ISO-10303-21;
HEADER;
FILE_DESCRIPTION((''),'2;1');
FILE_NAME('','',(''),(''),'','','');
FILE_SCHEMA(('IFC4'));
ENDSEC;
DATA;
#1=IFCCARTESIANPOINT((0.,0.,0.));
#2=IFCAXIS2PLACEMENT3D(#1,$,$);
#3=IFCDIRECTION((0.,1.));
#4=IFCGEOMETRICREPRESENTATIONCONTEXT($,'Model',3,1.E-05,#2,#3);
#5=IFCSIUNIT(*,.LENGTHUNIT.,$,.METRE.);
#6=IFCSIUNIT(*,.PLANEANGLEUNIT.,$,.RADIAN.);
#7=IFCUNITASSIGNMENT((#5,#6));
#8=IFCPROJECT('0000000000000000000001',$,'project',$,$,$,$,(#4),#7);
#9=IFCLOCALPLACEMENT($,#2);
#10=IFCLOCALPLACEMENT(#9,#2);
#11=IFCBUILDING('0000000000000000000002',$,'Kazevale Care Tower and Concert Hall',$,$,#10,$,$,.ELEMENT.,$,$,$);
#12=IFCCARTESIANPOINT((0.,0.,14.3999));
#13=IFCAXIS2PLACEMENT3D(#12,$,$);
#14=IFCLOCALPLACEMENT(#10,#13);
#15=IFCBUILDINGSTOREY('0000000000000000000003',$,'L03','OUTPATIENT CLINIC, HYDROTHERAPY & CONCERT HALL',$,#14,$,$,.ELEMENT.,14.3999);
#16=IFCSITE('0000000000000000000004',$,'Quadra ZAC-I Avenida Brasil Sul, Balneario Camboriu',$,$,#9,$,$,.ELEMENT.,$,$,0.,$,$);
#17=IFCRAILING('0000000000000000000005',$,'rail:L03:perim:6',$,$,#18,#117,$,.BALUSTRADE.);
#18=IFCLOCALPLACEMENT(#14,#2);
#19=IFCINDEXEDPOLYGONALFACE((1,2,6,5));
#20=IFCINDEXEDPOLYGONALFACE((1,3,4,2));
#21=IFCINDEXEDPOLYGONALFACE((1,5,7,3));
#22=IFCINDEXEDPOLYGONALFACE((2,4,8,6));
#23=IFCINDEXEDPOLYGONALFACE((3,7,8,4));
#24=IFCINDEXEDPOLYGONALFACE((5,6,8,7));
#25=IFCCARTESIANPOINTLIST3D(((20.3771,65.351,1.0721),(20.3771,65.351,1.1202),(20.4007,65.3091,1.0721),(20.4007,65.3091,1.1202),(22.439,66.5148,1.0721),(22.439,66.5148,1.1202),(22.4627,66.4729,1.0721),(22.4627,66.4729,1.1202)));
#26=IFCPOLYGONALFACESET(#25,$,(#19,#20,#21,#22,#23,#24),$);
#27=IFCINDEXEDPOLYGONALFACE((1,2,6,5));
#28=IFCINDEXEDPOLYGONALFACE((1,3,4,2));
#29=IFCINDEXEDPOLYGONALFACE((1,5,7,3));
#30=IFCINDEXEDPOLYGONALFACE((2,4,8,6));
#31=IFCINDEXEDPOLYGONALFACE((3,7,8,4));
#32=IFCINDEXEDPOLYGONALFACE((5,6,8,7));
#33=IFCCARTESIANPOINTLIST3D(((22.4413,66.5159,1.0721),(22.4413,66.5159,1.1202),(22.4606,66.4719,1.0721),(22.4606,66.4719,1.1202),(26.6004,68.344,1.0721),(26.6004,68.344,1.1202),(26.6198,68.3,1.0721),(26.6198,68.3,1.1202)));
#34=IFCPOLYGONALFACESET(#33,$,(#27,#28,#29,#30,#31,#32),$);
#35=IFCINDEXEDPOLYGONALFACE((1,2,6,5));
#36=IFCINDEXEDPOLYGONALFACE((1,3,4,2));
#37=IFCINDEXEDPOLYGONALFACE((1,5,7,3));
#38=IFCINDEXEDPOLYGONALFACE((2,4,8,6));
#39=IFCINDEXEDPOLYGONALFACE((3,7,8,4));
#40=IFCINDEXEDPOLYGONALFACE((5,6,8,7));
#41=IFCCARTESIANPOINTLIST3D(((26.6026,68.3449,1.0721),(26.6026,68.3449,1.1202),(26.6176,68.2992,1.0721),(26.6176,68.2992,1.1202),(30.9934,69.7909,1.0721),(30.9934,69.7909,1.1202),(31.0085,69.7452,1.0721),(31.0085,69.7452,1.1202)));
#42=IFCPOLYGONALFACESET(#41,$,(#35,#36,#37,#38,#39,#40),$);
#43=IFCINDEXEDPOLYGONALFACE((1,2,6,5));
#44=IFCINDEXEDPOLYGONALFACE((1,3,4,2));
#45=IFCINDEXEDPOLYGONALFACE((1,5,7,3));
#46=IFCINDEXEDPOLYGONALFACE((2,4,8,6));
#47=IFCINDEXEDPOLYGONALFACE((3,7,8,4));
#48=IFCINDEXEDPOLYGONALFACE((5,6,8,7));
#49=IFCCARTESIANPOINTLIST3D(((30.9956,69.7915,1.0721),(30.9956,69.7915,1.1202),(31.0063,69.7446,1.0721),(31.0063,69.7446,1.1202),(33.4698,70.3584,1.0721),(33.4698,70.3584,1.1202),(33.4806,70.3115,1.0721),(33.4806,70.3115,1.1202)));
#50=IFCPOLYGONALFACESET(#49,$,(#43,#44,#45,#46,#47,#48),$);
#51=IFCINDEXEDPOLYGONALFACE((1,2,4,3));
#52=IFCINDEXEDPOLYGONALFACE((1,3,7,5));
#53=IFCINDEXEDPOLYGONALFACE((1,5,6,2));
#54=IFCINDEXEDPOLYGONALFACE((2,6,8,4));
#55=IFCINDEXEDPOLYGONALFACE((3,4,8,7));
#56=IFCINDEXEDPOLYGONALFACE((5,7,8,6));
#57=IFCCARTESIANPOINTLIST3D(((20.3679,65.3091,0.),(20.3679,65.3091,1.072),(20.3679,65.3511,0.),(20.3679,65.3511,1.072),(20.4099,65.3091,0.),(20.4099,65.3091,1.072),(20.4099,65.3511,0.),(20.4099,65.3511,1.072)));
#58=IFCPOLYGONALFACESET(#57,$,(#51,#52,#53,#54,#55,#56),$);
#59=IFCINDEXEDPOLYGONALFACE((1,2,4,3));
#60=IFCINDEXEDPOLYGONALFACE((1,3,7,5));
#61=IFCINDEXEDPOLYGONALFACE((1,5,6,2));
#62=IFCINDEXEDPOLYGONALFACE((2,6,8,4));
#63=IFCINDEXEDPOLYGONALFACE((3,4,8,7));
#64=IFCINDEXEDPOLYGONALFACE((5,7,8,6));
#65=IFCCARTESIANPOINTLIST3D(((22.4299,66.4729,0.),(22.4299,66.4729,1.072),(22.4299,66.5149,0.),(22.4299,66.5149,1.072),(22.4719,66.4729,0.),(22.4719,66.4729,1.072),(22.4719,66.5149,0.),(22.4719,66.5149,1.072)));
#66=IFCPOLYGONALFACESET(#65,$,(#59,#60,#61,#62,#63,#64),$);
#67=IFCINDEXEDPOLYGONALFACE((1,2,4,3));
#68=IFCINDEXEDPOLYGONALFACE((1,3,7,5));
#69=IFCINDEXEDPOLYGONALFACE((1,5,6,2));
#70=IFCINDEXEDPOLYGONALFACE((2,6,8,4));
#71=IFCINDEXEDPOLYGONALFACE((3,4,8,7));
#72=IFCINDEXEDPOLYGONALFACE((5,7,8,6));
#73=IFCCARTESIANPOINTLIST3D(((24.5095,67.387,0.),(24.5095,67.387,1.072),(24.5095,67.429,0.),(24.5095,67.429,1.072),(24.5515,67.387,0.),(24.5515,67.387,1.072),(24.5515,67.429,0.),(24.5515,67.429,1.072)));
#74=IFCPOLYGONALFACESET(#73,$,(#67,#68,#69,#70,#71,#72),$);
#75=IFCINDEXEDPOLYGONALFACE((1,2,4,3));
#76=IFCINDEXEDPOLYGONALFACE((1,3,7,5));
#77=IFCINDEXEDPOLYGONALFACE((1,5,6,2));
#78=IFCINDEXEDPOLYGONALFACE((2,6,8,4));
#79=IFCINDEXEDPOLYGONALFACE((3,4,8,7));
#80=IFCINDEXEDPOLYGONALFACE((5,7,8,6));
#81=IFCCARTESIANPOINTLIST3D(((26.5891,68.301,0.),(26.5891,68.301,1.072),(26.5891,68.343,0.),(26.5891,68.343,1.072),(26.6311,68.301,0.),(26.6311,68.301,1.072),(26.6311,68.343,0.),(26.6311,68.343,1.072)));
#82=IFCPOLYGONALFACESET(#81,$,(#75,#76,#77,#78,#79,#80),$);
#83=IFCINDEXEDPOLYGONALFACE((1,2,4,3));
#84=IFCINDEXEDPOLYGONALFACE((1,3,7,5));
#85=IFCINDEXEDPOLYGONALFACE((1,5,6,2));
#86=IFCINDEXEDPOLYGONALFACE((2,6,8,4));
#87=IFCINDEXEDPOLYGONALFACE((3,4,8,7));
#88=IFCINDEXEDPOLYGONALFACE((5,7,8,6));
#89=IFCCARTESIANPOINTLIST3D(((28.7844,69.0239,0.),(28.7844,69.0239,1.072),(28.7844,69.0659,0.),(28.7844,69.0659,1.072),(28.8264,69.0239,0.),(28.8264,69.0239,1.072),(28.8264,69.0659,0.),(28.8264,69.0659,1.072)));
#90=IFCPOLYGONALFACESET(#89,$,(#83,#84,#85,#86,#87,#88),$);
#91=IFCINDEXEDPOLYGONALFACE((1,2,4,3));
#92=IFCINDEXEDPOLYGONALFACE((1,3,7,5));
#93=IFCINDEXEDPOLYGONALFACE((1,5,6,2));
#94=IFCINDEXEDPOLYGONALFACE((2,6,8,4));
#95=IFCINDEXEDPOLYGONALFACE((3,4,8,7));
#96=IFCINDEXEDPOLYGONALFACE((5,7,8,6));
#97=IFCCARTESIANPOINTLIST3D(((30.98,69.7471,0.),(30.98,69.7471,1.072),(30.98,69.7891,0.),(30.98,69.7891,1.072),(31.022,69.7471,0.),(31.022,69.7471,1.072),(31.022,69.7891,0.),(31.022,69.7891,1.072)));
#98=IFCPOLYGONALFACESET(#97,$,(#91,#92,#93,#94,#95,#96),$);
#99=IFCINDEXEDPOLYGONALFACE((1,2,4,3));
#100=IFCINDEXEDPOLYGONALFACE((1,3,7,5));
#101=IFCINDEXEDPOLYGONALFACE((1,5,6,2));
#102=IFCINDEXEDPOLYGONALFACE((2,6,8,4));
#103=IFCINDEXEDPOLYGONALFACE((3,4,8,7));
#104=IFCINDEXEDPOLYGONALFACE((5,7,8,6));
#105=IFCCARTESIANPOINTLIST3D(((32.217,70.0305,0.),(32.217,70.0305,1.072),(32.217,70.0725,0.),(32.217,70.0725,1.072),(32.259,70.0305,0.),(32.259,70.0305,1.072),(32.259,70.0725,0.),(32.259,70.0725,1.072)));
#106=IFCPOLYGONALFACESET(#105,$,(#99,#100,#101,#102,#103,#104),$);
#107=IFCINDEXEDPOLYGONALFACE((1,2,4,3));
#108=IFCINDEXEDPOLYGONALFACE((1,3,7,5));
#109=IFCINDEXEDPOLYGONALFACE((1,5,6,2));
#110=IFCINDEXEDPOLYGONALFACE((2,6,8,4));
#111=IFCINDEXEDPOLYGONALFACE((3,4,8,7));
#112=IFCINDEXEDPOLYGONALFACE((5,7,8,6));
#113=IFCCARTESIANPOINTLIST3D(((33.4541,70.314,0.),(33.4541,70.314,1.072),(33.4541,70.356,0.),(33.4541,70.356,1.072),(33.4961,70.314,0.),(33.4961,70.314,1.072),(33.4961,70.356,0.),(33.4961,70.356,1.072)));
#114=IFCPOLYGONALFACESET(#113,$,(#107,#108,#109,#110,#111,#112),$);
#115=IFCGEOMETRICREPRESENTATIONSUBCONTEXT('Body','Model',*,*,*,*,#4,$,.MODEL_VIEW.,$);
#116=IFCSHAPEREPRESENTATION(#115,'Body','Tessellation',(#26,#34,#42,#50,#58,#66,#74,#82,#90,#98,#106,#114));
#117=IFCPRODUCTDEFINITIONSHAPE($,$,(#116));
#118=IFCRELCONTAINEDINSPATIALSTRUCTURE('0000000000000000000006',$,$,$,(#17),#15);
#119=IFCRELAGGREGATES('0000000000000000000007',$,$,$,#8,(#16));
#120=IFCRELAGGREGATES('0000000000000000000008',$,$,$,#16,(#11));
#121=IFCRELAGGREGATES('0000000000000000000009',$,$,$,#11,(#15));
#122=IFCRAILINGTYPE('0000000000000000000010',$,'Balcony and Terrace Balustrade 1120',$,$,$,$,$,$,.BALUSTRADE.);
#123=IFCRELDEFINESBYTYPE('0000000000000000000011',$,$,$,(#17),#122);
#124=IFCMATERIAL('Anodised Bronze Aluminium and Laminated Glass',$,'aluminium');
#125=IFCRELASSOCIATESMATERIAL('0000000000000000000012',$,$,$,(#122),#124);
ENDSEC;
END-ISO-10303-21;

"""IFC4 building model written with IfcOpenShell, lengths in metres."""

from ifc_helpers import new_model, si_unit, direction, frame, origin, origin_2d, place, context, subcontext, project, spatial, rectangle, extrude, material, type_object, element, save


model = new_model("IFC4")

# Units and contexts
model_context = context("Model", 3, precision=1e-05, world=origin(), true_north=direction((0.0, 1.0)))
body_context = subcontext(model_context, "Body", "Model", "MODEL_VIEW")
ifc_project = project(units=[si_unit("LENGTHUNIT", "METRE"), si_unit("PLANEANGLEUNIT", "RADIAN")], contexts=[model_context])

# Site, building, storey
site_placement = place(None, origin())
site = spatial("IfcSite", under=ifc_project, at=site_placement, Name="Quadra ZAC-I Avenida Brasil Sul, Balneario Camboriu", CompositionType="ELEMENT", RefElevation=0.0)
building_placement = place(site_placement, origin())
building = spatial("IfcBuilding", under=site, at=building_placement, Name="Kazevale Care Tower and Concert Hall", CompositionType="ELEMENT")
storey_placement = place(building_placement, frame((0.0, 0.0, 14.3999)))
storey = spatial("IfcBuildingStorey", under=building, at=storey_placement, Name="L03", Description="OUTPATIENT CLINIC, HYDROTHERAPY & CONCERT HALL", CompositionType="ELEMENT", Elevation=14.3999)

# Railing
ifc_material_1 = material(Name="Anodised Bronze Aluminium and Laminated Glass", Category="aluminium")
railing_type = type_object("IfcRailingType", Name="Balcony and Terrace Balustrade 1120", PredefinedType="BALUSTRADE", material=ifc_material_1)
railing_1_placement = place(storey_placement, frame((20.3889, 65.3301, 0.0)))
element("IfcRailing", 1, at=railing_1_placement, inside=storey, type_object=railing_type, Name="rail:L03:perim:6", PredefinedType="BALUSTRADE", context=body_context, shape_type="SweptSolid", body=[
    extrude(rectangle(XDim=0.0481, YDim=0.0481, at=origin_2d()), frame((0.0, 0.0, 1.0962), z_axis=(0.870864, 0.491524, 0.0), x_axis=(-0.491524, 0.870864, 0.0)), (0.0, 0.0, 1.0), 2.3677),
    extrude(rectangle(XDim=0.0481, YDim=0.0481, at=origin_2d()), frame((2.062, 1.1638, 1.0962), z_axis=(0.91547, 0.402386, 0.0), x_axis=(-0.402386, 0.91547, 0.0)), (0.0, 0.0, 1.0), 4.5432),
    extrude(rectangle(XDim=0.0481, YDim=0.0481, at=origin_2d()), frame((6.2212, 2.9919, 1.0962), z_axis=(0.949818, 0.312804, 0.0), x_axis=(-0.312804, 0.949818, 0.0)), (0.0, 0.0, 1.0), 4.6228),
    extrude(rectangle(XDim=0.0481, YDim=0.0481, at=origin_2d()), frame((10.6121, 4.438, 1.0962), z_axis=(0.97474, 0.223342, 0.0), x_axis=(-0.223342, 0.97474, 0.0)), (0.0, 0.0, 1.0), 2.5383),
    extrude(rectangle(XDim=0.042, YDim=0.042, at=origin_2d()), origin(), (0.0, 0.0, 1.0), 1.072),
    extrude(rectangle(XDim=0.042, YDim=0.042, at=origin_2d()), frame((2.062, 1.1638, 0.0)), (0.0, 0.0, 1.0), 1.072),
    extrude(rectangle(XDim=0.042, YDim=0.042, at=origin_2d()), frame((4.1416, 2.0779, 0.0)), (0.0, 0.0, 1.0), 1.072),
    extrude(rectangle(XDim=0.042, YDim=0.042, at=origin_2d()), frame((6.2212, 2.9919, 0.0)), (0.0, 0.0, 1.0), 1.072),
    extrude(rectangle(XDim=0.042, YDim=0.042, at=origin_2d()), frame((8.4165, 3.7148, 0.0)), (0.0, 0.0, 1.0), 1.072),
    extrude(rectangle(XDim=0.042, YDim=0.042, at=origin_2d()), frame((10.6121, 4.438, 0.0)), (0.0, 0.0, 1.0), 1.072),
    extrude(rectangle(XDim=0.042, YDim=0.042, at=origin_2d()), frame((11.8491, 4.7214, 0.0)), (0.0, 0.0, 1.0), 1.072),
    extrude(rectangle(XDim=0.042, YDim=0.042, at=origin_2d()), frame((13.0862, 5.0049, 0.0)), (0.0, 0.0, 1.0), 1.072),
])

save(model, "model.ifc")
